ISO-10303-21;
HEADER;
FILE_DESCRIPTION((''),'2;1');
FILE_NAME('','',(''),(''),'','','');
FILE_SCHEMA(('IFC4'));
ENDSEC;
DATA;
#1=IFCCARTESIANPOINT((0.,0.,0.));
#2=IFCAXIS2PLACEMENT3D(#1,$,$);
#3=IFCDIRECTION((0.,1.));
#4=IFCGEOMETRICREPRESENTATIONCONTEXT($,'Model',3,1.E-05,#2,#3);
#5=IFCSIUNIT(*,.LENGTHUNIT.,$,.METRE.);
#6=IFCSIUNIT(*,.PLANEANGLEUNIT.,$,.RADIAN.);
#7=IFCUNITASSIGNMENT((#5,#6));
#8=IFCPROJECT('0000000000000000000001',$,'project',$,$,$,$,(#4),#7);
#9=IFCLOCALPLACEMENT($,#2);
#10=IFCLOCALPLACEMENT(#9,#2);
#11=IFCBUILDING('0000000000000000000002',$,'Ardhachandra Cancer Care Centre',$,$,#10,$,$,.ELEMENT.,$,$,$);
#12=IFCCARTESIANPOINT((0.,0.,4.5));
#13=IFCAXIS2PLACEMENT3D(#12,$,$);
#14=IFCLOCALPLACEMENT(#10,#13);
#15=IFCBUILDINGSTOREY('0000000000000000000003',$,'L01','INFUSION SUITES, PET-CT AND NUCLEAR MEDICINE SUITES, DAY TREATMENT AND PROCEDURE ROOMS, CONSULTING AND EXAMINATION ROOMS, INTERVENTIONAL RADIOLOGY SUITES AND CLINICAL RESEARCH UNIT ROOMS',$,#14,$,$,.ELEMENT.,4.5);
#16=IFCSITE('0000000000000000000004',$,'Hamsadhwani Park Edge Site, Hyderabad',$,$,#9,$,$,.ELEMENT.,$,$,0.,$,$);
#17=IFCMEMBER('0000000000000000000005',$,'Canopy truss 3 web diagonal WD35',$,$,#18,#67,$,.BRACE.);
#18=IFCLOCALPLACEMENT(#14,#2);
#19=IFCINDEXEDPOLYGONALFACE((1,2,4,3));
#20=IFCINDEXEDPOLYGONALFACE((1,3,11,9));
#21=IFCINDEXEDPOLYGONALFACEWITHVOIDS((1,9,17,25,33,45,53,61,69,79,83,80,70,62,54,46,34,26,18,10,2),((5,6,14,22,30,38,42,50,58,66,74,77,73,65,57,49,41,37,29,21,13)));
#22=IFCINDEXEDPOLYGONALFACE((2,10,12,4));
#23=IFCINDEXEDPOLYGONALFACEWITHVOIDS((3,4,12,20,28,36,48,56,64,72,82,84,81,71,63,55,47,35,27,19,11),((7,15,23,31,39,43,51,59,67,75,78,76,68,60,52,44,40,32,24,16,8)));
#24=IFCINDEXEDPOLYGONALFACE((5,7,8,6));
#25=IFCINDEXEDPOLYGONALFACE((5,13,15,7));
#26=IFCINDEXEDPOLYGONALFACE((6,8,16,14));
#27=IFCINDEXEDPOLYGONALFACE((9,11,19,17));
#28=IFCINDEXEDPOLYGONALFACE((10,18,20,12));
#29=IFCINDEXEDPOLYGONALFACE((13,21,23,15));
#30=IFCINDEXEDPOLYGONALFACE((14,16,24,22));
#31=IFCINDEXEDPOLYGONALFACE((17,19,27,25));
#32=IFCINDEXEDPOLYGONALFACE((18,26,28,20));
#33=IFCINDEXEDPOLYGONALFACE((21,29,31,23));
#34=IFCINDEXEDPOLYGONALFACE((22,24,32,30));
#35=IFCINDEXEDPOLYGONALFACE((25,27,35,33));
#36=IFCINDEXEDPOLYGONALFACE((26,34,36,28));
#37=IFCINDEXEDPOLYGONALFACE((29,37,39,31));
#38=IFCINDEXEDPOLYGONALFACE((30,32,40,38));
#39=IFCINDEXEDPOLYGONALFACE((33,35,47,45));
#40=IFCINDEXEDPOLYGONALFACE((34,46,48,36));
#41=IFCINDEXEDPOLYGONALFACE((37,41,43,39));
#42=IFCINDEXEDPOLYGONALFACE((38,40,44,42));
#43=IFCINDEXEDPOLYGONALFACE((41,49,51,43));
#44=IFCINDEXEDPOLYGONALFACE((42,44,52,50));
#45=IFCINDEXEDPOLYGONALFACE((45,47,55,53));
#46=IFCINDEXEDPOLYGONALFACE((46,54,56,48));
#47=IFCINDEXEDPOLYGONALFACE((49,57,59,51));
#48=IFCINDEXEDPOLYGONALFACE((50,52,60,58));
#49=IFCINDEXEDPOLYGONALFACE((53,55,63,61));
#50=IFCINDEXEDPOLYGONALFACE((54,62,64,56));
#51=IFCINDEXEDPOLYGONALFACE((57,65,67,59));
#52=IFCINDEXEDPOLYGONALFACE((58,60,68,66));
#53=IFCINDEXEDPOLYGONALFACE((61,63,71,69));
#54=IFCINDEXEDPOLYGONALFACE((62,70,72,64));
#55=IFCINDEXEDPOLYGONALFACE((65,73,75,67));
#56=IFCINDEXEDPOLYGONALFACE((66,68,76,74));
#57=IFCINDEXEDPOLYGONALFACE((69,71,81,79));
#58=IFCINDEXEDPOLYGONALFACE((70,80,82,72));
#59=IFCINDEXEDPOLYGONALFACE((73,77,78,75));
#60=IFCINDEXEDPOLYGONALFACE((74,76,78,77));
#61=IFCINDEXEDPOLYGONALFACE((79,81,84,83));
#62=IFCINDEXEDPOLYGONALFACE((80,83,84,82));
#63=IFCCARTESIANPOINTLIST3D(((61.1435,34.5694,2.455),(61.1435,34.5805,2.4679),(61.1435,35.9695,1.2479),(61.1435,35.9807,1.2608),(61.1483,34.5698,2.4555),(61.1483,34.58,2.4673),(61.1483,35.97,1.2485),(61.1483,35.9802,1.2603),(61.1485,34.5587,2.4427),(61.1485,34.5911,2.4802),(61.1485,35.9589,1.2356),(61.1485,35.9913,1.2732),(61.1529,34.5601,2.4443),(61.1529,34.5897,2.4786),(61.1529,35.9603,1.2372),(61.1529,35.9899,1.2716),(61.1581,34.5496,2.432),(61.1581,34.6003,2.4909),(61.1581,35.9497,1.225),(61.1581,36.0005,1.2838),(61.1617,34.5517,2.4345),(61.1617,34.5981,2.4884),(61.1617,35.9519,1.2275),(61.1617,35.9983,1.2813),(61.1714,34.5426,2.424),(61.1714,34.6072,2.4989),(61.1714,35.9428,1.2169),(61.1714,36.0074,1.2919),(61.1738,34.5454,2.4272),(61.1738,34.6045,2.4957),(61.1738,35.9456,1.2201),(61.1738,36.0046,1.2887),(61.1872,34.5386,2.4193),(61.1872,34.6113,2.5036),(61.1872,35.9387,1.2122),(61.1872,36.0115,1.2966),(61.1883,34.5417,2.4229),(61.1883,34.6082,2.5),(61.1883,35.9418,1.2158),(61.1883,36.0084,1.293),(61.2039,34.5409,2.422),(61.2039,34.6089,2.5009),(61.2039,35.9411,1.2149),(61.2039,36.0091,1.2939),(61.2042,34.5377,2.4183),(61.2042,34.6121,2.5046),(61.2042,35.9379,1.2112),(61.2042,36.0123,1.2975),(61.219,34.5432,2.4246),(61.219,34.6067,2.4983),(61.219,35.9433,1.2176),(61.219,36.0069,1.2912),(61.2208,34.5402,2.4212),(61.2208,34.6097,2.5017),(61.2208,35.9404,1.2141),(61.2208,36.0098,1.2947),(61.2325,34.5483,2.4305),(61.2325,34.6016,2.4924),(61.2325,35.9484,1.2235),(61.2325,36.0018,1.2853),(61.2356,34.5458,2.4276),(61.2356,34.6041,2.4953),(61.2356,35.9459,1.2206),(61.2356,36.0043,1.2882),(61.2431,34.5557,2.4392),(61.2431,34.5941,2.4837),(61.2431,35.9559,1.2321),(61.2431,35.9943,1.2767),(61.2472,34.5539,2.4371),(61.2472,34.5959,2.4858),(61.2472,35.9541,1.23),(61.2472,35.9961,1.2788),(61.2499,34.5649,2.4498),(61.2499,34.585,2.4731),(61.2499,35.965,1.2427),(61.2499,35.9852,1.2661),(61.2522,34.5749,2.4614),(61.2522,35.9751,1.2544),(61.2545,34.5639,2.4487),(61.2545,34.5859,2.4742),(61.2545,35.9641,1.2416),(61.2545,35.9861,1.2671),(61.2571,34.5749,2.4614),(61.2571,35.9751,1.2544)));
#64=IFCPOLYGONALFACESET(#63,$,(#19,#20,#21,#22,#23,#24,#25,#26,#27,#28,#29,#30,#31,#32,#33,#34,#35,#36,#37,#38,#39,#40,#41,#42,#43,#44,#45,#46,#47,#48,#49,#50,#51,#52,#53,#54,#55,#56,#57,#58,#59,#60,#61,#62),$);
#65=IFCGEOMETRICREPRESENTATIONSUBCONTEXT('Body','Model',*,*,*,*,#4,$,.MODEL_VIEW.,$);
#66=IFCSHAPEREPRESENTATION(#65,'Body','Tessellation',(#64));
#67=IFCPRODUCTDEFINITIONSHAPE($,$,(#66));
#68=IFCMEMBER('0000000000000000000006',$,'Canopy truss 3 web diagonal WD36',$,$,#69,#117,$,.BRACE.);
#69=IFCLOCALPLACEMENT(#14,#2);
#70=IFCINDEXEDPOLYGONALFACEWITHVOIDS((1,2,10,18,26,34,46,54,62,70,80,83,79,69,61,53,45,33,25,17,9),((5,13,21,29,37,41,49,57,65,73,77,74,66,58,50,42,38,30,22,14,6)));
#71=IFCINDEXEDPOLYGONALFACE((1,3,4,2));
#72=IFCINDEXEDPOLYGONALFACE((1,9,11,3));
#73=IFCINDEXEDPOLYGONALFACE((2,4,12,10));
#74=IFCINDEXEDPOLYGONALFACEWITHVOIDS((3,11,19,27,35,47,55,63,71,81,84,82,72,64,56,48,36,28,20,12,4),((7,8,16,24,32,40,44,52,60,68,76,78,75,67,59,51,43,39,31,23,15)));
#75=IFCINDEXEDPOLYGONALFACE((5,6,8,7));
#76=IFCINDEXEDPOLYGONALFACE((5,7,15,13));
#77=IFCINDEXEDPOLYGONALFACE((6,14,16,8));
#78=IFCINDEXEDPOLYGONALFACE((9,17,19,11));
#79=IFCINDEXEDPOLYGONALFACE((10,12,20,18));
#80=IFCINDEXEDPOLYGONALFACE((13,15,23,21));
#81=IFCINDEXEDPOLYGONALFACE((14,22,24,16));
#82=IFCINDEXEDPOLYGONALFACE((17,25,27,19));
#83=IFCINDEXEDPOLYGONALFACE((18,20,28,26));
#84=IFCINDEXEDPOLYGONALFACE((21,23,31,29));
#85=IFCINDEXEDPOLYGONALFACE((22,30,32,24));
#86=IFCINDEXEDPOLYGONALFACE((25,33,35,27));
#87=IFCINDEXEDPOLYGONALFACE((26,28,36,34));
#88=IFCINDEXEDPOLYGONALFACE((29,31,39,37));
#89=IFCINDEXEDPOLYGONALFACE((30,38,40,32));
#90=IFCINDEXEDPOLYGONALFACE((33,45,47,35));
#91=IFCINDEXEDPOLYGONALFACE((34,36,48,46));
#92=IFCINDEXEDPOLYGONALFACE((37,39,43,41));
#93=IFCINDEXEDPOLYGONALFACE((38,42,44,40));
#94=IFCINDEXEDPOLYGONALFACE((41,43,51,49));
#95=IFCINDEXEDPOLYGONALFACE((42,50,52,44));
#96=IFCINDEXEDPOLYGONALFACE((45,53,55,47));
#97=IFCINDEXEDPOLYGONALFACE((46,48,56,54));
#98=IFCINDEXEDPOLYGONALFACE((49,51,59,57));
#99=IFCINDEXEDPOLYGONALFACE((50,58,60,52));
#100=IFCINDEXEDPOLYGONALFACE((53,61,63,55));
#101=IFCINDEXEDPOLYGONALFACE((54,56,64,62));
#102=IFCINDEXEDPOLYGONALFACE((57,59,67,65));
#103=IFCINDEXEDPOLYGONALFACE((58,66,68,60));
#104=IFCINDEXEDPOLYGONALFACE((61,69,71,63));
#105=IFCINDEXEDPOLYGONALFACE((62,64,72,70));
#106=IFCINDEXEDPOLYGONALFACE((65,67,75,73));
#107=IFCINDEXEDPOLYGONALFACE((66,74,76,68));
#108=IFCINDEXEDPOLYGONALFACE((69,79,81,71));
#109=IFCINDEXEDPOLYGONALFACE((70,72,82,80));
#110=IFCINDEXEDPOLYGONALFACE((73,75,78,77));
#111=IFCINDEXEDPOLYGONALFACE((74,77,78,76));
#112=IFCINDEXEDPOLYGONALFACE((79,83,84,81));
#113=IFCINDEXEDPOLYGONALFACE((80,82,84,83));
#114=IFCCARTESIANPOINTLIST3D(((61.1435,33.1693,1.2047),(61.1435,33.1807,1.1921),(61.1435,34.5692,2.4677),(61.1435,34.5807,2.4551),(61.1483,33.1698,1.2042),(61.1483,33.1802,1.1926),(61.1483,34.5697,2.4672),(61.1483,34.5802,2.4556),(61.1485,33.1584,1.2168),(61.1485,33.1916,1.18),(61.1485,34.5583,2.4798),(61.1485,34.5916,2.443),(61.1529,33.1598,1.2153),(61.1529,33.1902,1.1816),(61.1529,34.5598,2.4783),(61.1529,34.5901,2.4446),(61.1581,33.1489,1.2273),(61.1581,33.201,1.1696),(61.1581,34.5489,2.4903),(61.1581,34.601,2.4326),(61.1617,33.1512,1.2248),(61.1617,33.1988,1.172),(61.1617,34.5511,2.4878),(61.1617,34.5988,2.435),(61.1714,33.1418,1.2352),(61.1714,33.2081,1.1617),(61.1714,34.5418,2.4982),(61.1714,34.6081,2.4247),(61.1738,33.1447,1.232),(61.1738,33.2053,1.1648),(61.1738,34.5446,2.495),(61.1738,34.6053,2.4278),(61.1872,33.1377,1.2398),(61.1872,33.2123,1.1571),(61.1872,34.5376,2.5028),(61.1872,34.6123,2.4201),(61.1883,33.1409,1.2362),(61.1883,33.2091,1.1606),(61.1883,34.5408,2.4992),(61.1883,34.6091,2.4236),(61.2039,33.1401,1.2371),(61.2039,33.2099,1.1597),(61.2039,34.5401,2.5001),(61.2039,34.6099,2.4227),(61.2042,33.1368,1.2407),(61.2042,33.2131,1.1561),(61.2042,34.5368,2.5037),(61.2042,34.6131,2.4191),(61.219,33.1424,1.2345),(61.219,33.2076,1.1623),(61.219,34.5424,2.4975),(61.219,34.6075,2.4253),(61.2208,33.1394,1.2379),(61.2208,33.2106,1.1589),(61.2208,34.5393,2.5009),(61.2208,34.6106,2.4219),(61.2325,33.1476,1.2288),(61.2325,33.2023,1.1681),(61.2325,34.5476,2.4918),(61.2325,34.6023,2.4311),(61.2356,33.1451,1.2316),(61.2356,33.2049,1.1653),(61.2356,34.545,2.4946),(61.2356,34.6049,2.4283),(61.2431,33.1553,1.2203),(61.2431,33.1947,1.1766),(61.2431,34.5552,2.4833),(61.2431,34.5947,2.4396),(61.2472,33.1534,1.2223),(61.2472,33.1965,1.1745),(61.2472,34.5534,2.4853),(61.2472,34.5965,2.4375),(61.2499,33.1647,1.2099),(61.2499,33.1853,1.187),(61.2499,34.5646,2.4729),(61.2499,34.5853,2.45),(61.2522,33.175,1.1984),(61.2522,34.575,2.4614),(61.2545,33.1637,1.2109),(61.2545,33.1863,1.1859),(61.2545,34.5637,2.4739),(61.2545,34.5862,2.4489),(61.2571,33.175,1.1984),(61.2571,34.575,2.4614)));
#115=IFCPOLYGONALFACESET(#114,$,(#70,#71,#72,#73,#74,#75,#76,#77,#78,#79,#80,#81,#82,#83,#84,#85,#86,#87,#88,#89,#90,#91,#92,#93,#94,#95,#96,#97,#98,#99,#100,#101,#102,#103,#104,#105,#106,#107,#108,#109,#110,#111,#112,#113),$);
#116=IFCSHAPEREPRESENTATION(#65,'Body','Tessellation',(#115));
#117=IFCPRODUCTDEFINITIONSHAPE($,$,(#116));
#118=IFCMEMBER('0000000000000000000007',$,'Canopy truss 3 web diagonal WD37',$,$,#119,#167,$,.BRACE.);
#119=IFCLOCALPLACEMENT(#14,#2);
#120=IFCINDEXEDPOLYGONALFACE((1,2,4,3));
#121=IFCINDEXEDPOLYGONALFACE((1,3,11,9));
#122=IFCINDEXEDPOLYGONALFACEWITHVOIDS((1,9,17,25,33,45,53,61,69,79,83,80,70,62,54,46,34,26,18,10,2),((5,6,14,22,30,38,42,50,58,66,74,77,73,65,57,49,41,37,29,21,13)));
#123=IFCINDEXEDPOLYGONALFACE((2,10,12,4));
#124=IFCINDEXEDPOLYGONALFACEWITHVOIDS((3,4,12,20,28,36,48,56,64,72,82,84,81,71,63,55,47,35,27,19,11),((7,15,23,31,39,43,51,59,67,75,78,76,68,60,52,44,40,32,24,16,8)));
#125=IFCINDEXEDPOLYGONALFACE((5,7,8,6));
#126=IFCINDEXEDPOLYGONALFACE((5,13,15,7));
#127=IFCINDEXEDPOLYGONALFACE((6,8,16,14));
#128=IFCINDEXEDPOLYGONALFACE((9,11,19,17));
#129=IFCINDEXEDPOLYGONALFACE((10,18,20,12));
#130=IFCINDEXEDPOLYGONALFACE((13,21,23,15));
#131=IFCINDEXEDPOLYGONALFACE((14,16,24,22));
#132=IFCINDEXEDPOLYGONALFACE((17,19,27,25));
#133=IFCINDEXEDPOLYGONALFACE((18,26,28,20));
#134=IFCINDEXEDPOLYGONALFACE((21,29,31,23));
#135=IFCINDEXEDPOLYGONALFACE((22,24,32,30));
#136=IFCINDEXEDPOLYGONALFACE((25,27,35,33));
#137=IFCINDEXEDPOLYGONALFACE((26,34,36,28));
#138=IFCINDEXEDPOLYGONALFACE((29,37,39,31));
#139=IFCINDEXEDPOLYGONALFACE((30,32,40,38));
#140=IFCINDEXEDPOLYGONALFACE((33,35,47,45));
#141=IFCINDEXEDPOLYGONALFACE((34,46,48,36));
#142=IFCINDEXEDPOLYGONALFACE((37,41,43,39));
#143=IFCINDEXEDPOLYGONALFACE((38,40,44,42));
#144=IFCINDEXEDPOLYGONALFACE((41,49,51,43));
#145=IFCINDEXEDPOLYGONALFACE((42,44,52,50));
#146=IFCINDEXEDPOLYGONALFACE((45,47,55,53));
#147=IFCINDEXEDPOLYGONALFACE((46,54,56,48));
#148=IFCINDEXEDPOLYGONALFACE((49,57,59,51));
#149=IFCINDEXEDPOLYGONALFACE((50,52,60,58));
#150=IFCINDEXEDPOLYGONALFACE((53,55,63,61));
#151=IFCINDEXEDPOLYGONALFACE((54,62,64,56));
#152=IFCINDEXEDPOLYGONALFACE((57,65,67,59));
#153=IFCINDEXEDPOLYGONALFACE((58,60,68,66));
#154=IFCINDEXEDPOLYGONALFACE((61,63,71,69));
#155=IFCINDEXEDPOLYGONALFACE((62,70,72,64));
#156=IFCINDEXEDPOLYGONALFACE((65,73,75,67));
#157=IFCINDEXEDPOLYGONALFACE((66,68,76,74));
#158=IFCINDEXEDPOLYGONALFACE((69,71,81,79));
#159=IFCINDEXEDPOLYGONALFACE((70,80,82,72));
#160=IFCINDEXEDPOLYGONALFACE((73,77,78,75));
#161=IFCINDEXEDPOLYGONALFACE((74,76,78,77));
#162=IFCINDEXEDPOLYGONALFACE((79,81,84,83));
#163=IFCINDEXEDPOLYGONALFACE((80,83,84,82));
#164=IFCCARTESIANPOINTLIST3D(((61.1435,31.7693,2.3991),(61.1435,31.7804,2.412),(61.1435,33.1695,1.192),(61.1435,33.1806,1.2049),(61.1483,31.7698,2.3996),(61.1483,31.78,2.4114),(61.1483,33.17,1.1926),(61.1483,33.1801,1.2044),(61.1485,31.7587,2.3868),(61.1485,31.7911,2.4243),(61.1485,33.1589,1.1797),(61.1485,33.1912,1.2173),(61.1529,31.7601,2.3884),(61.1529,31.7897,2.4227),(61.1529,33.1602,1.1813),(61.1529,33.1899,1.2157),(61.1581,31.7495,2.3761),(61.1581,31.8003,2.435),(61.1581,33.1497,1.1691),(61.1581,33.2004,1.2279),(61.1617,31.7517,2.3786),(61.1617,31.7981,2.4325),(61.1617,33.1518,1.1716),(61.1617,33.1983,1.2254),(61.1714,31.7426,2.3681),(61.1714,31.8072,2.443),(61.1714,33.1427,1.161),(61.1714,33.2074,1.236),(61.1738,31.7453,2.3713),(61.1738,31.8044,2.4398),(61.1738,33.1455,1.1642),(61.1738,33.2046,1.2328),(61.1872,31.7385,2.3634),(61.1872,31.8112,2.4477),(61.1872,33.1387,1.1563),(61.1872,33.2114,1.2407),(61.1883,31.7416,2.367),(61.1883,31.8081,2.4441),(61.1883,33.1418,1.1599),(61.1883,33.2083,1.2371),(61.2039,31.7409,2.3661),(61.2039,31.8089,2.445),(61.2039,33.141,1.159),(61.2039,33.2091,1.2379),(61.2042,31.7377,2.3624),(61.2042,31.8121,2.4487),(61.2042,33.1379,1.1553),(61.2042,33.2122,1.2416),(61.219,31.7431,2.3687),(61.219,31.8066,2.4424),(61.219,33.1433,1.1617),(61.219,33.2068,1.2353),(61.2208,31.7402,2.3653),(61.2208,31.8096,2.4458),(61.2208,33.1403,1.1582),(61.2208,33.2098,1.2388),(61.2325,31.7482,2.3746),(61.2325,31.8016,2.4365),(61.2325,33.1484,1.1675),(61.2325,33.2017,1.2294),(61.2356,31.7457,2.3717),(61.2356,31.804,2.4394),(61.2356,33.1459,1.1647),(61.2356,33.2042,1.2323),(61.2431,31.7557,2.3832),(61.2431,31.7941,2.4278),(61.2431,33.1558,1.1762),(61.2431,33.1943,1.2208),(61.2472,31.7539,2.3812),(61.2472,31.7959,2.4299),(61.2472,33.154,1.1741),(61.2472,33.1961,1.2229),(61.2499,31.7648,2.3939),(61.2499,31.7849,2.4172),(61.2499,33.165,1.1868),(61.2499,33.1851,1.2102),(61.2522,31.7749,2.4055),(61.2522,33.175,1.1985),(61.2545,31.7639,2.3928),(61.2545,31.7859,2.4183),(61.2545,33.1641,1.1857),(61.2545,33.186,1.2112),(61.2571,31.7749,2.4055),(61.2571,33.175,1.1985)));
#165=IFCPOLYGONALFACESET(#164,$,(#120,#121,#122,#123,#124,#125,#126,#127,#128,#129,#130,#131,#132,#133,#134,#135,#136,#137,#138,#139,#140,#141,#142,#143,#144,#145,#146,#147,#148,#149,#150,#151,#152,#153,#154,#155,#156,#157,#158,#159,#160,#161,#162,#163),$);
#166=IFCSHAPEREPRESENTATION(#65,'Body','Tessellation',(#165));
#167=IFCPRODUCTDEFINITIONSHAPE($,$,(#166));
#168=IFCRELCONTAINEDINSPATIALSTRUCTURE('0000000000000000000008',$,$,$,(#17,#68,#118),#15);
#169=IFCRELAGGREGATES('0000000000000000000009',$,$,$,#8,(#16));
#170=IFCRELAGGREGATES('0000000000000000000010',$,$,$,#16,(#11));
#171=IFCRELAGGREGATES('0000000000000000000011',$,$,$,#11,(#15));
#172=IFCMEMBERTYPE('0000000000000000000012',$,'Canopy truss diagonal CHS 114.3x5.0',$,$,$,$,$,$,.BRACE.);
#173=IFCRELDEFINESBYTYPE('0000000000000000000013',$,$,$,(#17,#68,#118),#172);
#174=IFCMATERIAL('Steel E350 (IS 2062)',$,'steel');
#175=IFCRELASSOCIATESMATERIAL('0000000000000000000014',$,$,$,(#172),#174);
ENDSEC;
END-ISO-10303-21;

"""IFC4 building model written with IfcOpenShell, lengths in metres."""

from ifc_helpers import new_model, si_unit, direction, frame, origin, origin_2d, place, context, subcontext, project, spatial, hollow_circle, extrude, material, material_profile, profile_set, type_object, element, save


model = new_model("IFC4")

# Units and contexts
model_context = context("Model", 3, precision=1e-05, world=origin(), true_north=direction((0.0, 1.0)))
body_context = subcontext(model_context, "Body", "Model", "MODEL_VIEW")
ifc_project = project(units=[si_unit("LENGTHUNIT", "METRE"), si_unit("PLANEANGLEUNIT", "RADIAN")], contexts=[model_context])

# Site, building, storey
site_placement = place(None, origin())
site = spatial("IfcSite", under=ifc_project, at=site_placement, Name="Hamsadhwani Park Edge Site, Hyderabad", CompositionType="ELEMENT", RefElevation=0.0)
building_placement = place(site_placement, origin())
building = spatial("IfcBuilding", under=site, at=building_placement, Name="Ardhachandra Cancer Care Centre", CompositionType="ELEMENT")
storey_placement = place(building_placement, frame((0.0, 0.0, 4.5)))
storey = spatial("IfcBuildingStorey", under=building, at=storey_placement, Name="L01", Description="INFUSION SUITES, PET-CT AND NUCLEAR MEDICINE SUITES, DAY TREATMENT AND PROCEDURE ROOMS, CONSULTING AND EXAMINATION ROOMS, INTERVENTIONAL RADIOLOGY SUITES AND CLINICAL RESEARCH UNIT ROOMS", CompositionType="ELEMENT", Elevation=4.5)

# Members
ifc_material_1 = material(Name="Steel E350 (IS 2062)", Category="steel")
ifc_material_profile_1 = material_profile(ifc_material_1, hollow_circle(Radius=0.0571, WallThickness=0.0049, at=origin_2d()), Name="CHS 114.3x5.0")
ifc_profile_set_1 = profile_set([ifc_material_profile_1], Name="Steel E350 (IS 2062)")
member_type_1 = type_object("IfcMemberType", Name="Canopy truss diagonal CHS 114.3x5.0", PredefinedType="BRACE", material=ifc_profile_set_1)
member_1_placement = place(storey_placement, frame((61.2, 35.9751, 1.2544), z_axis=(0.0, -0.757408, 0.652942), x_axis=(1.0, 0.0, 0.0)))
element("IfcMember", 1, at=member_1_placement, inside=storey, type_object=member_type_1, Name="Canopy truss 3 web diagonal WD35", PredefinedType="BRACE", context=body_context, shape_type="SweptSolid", body=[
    extrude(hollow_circle(Radius=0.0571, WallThickness=0.0049, at=origin_2d()), origin(), (0.0, 0.0, 1.0), 1.8486),
])
member_2_placement = place(storey_placement, frame((61.2, 34.575, 2.4614), z_axis=(0.0, -0.742495, -0.669851), x_axis=(1.0, 0.0, 0.0)))
element("IfcMember", 2, at=member_2_placement, inside=storey, type_object=member_type_1, Name="Canopy truss 3 web diagonal WD36", PredefinedType="BRACE", context=body_context, shape_type="SweptSolid", body=[
    extrude(hollow_circle(Radius=0.0571, WallThickness=0.0049, at=origin_2d()), origin(), (0.0, 0.0, 1.0), 1.8855),
])
member_3_placement = place(storey_placement, frame((61.2, 33.175, 1.1985), z_axis=(0.0, -0.757408, 0.652942), x_axis=(1.0, 0.0, 0.0)))
element("IfcMember", 3, at=member_3_placement, inside=storey, type_object=member_type_1, Name="Canopy truss 3 web diagonal WD37", PredefinedType="BRACE", context=body_context, shape_type="SweptSolid", body=[
    extrude(hollow_circle(Radius=0.0571, WallThickness=0.0049, at=origin_2d()), origin(), (0.0, 0.0, 1.0), 1.8486),
])

save(model, "model.ifc")
